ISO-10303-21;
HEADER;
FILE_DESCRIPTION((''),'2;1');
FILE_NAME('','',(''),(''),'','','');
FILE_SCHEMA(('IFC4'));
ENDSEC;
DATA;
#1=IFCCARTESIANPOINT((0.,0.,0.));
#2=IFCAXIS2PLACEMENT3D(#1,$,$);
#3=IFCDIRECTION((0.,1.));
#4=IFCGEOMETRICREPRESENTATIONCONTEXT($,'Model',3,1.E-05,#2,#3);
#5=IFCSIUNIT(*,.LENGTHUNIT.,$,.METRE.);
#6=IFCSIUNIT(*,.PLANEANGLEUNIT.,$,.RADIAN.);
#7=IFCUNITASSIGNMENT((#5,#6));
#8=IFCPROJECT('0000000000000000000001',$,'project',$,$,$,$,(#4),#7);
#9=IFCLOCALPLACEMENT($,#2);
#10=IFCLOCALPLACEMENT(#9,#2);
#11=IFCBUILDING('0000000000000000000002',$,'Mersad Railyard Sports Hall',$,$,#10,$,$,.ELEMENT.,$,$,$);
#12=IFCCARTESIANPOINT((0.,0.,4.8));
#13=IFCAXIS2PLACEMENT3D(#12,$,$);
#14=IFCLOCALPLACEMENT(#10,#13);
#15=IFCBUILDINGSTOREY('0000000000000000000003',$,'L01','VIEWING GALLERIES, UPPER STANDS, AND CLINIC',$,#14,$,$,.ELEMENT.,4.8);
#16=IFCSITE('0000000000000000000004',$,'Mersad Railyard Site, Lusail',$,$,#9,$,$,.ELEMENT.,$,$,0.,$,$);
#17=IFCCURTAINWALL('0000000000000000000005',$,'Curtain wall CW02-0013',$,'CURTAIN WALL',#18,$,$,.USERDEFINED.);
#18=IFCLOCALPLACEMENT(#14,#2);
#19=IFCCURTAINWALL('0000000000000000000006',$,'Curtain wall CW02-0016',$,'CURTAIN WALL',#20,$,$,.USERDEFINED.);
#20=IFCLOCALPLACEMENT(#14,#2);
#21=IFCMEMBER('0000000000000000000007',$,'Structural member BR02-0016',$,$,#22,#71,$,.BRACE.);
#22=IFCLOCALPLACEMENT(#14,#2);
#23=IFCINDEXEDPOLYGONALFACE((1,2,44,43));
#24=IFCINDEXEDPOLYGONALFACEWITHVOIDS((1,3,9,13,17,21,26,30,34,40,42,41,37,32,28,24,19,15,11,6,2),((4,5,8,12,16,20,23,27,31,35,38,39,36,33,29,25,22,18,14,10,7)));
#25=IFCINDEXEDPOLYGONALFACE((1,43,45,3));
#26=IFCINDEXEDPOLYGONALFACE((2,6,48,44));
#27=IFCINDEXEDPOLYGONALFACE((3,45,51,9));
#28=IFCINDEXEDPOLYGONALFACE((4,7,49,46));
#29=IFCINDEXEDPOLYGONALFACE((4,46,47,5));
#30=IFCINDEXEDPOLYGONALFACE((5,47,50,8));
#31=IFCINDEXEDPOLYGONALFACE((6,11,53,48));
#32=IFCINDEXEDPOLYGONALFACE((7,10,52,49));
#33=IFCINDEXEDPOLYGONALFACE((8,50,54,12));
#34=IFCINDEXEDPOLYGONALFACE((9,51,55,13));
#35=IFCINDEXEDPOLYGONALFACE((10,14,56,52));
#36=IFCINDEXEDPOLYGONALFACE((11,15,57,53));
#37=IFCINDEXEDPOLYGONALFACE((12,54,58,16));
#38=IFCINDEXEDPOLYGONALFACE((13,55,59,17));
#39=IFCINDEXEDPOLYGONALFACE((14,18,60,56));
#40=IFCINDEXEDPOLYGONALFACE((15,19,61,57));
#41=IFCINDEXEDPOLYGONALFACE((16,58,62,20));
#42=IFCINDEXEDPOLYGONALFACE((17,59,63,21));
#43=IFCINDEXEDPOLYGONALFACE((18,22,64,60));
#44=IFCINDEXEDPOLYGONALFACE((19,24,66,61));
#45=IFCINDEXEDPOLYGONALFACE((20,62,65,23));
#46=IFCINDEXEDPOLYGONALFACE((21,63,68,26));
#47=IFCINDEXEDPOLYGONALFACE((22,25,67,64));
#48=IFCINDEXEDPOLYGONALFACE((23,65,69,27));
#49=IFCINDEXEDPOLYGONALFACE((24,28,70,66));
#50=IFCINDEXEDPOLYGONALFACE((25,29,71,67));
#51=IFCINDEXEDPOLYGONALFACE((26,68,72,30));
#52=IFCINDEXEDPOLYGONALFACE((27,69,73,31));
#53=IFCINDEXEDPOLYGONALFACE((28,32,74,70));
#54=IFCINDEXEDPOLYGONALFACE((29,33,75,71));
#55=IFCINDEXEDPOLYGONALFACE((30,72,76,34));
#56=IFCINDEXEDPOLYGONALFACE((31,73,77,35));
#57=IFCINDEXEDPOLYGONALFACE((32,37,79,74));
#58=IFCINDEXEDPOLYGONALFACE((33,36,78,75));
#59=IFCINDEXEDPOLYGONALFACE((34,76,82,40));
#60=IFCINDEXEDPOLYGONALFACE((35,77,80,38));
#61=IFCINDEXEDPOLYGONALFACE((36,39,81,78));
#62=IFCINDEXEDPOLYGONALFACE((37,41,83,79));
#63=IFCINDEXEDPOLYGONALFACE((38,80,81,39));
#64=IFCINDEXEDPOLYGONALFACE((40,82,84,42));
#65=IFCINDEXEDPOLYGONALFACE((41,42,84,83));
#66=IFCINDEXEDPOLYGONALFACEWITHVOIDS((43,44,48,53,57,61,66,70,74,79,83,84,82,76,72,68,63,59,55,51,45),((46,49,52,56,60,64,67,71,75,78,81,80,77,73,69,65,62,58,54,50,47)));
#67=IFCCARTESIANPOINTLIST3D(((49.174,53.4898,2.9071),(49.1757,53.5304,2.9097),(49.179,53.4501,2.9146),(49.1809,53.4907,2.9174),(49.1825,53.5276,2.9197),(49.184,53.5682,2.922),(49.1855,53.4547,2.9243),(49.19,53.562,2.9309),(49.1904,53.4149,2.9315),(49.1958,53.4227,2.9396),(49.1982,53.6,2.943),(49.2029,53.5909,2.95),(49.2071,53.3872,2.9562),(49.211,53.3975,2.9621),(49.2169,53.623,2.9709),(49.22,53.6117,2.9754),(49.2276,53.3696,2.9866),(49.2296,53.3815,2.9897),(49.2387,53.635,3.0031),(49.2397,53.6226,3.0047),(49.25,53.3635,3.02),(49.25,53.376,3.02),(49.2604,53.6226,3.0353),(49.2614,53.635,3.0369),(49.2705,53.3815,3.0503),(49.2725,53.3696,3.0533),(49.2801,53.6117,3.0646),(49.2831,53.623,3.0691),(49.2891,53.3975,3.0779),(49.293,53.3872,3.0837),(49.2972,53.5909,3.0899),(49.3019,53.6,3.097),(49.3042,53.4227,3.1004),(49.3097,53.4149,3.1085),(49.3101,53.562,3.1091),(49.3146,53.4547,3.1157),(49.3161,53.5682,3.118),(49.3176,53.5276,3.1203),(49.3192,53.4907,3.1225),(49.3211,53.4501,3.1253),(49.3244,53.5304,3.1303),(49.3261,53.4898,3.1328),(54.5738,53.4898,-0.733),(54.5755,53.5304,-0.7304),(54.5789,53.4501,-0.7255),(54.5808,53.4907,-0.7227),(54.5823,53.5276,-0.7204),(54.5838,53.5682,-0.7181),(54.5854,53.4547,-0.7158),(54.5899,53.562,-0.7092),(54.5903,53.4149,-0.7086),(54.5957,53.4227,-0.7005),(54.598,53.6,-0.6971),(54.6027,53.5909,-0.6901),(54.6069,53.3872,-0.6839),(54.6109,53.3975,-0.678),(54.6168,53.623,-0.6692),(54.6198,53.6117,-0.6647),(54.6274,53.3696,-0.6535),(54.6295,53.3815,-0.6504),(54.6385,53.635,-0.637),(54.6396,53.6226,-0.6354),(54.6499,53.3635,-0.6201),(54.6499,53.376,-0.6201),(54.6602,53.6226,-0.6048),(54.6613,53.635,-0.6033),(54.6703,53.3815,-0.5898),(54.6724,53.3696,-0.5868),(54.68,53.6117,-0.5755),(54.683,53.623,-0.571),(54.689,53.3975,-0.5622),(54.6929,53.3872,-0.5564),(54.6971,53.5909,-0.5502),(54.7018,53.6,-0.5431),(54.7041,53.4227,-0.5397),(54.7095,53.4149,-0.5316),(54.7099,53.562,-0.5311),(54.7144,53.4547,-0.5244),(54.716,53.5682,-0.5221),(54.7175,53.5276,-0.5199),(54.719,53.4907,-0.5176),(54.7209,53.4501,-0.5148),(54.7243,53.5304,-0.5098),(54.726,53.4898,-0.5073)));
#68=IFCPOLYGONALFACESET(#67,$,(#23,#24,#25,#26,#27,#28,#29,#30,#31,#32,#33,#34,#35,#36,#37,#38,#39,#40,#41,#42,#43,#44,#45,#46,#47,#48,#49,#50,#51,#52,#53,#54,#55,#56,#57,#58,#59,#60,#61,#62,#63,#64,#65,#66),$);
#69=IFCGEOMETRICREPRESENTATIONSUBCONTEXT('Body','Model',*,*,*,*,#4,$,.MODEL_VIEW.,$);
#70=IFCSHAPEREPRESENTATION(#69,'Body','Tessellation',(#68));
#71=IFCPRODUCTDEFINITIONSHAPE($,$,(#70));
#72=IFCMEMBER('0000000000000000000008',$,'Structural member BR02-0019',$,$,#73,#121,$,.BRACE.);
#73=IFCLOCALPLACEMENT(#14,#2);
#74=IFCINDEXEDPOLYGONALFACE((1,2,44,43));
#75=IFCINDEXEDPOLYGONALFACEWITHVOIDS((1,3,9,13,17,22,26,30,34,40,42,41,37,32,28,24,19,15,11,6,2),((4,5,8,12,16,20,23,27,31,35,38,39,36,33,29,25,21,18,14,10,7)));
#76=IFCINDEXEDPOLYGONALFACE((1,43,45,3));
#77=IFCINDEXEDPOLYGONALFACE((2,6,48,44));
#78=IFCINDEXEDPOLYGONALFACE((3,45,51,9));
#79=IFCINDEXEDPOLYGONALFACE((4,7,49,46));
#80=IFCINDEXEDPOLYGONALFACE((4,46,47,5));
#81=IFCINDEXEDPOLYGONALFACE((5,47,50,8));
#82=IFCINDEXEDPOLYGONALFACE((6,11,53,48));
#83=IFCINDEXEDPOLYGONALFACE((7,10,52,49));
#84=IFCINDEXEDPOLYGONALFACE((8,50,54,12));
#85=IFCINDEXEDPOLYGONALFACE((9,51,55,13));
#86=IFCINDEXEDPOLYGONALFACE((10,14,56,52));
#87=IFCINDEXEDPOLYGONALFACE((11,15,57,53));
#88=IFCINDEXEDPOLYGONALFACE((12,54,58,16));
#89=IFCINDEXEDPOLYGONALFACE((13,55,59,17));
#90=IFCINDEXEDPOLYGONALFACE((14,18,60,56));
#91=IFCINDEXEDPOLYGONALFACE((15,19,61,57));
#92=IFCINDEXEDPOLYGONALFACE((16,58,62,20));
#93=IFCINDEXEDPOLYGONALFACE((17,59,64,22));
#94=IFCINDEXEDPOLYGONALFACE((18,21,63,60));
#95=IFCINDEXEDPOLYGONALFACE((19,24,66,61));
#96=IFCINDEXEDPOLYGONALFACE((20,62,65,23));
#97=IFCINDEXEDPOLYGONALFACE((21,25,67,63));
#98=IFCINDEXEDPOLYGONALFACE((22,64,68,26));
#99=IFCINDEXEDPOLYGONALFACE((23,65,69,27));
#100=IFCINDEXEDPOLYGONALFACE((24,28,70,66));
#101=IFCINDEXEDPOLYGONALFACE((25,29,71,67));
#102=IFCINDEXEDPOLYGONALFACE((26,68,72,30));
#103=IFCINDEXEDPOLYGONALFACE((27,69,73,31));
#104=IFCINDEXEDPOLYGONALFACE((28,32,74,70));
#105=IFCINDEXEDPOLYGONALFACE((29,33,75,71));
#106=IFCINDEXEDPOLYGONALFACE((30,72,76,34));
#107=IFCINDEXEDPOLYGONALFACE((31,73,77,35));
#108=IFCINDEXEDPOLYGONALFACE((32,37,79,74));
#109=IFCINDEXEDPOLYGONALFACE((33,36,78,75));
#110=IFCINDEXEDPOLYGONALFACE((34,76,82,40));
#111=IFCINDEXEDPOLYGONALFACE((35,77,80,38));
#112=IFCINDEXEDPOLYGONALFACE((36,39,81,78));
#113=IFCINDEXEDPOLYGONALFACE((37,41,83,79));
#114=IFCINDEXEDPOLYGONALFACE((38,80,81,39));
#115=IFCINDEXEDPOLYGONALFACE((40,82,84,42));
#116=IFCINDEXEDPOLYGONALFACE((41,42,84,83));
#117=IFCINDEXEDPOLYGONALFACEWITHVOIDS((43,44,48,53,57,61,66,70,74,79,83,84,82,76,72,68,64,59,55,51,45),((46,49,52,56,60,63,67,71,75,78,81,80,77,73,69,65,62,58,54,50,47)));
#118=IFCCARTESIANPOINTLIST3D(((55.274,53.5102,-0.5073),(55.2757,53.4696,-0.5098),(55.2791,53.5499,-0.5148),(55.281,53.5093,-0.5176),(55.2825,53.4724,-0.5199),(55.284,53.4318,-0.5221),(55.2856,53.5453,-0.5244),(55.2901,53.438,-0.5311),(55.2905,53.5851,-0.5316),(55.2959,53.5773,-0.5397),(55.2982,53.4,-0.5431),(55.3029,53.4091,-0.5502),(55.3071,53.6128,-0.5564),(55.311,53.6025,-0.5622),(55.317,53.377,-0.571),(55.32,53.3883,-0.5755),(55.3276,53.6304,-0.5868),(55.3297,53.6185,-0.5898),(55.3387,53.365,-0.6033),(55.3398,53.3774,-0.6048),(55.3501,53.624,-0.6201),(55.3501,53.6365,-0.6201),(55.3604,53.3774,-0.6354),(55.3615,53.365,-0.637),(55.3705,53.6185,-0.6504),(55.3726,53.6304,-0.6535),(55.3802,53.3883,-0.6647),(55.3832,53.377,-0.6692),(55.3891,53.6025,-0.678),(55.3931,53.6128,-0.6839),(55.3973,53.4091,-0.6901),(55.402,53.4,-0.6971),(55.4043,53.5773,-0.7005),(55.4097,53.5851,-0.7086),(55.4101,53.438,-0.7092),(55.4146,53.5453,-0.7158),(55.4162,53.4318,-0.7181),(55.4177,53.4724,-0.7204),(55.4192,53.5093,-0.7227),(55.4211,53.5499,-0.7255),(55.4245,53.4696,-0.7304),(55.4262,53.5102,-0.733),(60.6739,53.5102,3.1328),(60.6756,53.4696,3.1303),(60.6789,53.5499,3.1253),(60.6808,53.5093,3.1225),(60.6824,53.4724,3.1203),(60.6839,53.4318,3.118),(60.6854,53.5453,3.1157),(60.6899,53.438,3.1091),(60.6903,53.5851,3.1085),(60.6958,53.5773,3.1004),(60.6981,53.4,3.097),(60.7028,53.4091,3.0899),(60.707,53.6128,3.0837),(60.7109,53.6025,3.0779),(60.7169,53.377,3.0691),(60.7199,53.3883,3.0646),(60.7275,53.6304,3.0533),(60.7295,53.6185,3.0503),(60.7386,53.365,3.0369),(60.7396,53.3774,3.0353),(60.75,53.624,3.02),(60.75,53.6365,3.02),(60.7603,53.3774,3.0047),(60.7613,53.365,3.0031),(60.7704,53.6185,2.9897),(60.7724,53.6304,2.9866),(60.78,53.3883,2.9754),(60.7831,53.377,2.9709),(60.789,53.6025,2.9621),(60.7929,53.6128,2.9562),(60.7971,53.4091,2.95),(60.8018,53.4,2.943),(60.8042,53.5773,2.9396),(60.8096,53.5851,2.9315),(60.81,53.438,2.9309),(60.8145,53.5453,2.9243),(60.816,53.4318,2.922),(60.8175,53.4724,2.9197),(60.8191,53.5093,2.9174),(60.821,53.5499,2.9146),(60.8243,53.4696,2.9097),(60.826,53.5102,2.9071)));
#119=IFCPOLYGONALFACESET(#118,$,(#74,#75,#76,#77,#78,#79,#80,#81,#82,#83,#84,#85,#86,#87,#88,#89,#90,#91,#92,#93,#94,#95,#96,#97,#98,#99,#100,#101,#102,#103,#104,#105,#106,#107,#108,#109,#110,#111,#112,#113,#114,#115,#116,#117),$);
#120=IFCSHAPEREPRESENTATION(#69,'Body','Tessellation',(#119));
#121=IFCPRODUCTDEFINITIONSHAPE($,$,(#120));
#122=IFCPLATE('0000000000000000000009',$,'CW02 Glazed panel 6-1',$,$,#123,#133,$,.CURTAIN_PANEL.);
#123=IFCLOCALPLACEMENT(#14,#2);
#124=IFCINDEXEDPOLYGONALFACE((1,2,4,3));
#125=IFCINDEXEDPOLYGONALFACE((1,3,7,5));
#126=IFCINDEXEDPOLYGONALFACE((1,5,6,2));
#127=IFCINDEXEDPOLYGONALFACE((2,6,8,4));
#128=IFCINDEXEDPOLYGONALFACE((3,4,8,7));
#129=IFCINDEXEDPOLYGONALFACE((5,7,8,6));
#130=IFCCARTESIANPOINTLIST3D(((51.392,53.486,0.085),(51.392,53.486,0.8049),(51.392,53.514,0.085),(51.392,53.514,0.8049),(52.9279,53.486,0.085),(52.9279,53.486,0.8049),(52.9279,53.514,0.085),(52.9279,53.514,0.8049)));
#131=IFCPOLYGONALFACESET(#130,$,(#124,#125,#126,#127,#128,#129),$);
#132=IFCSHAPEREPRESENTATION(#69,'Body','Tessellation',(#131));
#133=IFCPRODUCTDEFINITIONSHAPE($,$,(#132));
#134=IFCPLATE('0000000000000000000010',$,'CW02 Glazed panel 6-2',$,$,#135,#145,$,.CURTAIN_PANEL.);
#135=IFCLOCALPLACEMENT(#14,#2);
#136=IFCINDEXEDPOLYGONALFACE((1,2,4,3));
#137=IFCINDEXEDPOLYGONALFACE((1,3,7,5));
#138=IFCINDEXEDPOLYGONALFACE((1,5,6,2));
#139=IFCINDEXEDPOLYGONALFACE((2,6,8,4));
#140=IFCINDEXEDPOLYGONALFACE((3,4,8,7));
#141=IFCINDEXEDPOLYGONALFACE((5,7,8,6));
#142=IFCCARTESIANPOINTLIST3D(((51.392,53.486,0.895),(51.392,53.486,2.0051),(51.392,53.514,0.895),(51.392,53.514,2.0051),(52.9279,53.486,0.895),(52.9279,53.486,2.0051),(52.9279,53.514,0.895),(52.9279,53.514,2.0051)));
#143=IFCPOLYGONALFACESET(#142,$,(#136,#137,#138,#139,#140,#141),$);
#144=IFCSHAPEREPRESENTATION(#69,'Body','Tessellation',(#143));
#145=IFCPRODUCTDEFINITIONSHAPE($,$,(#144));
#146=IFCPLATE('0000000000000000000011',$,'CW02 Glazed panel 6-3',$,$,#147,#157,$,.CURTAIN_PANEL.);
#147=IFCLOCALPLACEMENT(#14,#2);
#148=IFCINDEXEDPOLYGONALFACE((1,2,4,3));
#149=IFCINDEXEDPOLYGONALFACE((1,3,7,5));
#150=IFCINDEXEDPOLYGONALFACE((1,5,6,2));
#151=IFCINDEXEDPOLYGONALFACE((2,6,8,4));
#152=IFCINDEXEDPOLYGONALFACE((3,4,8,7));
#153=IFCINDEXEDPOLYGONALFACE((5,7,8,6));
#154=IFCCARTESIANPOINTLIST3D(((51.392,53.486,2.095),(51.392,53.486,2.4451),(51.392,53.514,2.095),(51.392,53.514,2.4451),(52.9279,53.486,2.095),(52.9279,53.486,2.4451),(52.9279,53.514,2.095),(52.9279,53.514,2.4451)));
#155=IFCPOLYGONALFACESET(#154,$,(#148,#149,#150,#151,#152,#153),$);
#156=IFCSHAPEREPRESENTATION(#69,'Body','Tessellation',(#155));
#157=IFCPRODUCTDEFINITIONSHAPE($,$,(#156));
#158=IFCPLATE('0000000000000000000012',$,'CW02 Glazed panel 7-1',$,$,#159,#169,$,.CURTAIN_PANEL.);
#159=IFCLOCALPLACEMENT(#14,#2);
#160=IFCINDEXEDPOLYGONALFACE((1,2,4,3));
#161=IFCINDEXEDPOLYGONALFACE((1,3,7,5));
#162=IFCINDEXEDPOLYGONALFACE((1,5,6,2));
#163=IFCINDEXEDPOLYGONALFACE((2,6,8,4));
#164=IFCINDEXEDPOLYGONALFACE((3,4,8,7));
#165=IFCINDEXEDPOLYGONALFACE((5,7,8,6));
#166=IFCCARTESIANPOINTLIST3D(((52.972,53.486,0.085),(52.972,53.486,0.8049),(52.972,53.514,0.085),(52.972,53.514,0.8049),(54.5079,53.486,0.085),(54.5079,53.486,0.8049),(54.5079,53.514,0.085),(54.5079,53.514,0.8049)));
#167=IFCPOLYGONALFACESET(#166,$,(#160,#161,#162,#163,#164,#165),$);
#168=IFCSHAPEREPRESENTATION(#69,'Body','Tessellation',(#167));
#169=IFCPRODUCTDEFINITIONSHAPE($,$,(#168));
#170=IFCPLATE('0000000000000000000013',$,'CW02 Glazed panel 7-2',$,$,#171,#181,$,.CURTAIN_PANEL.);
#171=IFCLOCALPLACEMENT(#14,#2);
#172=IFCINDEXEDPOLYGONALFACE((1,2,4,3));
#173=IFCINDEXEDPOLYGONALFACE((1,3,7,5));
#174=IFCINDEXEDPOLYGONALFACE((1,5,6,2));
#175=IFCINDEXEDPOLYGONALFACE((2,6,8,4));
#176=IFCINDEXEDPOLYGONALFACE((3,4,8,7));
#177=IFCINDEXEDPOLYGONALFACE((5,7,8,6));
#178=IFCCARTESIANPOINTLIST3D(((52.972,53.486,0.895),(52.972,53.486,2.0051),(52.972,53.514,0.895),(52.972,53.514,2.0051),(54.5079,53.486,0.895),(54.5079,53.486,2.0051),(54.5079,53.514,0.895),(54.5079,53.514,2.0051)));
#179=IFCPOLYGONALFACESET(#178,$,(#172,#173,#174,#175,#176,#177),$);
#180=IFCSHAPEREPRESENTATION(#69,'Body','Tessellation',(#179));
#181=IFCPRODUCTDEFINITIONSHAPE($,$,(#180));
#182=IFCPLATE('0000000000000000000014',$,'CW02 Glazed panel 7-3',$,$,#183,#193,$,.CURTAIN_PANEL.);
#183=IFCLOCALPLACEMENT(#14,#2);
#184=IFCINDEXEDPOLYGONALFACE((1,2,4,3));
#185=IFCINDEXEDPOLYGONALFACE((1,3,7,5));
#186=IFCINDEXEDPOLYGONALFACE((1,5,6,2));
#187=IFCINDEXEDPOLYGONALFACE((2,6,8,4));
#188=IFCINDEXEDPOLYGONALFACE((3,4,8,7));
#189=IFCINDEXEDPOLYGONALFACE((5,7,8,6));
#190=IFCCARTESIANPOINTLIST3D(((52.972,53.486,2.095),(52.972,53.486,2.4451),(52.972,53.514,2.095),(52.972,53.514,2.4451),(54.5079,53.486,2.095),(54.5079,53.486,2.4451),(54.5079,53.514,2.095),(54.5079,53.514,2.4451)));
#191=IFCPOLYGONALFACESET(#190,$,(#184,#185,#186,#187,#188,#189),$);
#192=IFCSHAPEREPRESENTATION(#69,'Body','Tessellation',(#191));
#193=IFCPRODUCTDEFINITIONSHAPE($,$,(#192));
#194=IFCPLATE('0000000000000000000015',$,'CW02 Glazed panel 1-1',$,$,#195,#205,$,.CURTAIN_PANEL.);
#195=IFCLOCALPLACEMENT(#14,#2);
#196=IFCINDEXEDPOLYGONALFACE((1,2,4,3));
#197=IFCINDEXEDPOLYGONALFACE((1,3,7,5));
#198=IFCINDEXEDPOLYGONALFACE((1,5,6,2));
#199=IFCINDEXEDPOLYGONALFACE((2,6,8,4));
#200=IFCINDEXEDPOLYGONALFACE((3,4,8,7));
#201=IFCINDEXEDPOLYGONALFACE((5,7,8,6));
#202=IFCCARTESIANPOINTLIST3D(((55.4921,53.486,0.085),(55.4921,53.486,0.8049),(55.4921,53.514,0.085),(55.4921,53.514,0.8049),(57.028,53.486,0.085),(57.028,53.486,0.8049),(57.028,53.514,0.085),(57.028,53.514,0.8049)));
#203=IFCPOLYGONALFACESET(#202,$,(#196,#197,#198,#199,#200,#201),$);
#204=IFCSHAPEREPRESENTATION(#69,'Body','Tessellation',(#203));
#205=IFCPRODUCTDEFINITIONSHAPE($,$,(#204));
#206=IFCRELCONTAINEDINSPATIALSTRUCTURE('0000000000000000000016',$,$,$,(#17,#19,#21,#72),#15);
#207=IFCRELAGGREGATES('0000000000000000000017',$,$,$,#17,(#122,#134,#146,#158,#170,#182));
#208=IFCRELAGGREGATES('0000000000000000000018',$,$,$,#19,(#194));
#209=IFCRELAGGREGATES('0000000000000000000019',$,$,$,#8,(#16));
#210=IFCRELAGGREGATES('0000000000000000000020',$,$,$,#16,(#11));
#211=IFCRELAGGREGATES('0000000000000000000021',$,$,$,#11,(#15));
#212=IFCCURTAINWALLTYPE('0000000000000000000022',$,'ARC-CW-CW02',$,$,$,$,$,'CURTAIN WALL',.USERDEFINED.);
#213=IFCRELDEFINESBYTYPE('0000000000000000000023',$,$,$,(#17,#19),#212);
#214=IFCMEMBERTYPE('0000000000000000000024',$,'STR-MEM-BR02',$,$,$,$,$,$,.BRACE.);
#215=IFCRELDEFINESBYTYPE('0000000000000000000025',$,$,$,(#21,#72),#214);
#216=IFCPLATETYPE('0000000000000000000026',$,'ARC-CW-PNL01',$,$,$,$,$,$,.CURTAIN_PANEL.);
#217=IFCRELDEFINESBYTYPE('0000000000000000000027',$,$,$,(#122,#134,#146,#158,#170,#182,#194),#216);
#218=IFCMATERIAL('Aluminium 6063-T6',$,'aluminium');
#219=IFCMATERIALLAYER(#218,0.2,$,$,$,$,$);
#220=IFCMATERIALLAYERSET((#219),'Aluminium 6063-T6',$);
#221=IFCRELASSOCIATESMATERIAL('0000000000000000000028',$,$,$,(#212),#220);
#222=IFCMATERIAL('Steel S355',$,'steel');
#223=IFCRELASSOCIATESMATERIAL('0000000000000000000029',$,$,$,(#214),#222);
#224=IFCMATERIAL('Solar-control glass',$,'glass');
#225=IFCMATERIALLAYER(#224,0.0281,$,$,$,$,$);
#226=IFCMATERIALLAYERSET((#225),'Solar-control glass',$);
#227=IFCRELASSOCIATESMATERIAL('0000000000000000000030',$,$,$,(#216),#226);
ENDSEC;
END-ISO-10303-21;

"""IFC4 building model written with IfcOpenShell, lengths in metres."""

from ifc_helpers import new_model, si_unit, direction, frame, origin, origin_2d, place, context, subcontext, project, spatial, rectangle, hollow_circle, extrude, material, layer, layer_set, material_profile, profile_set, type_object, element, aggregate, save


model = new_model("IFC4")

# Units and contexts
model_context = context("Model", 3, precision=1e-05, world=origin(), true_north=direction((0.0, 1.0)))
body_context = subcontext(model_context, "Body", "Model", "MODEL_VIEW")
ifc_project = project(units=[si_unit("LENGTHUNIT", "METRE"), si_unit("PLANEANGLEUNIT", "RADIAN")], contexts=[model_context])

# Site, building, storey
site_placement = place(None, origin())
site = spatial("IfcSite", under=ifc_project, at=site_placement, Name="Mersad Railyard Site, Lusail", CompositionType="ELEMENT", RefElevation=0.0)
building_placement = place(site_placement, origin())
building = spatial("IfcBuilding", under=site, at=building_placement, Name="Mersad Railyard Sports Hall", CompositionType="ELEMENT")
storey_placement = place(building_placement, frame((0.0, 0.0, 4.8)))
storey = spatial("IfcBuildingStorey", under=building, at=storey_placement, Name="L01", Description="VIEWING GALLERIES, UPPER STANDS, AND CLINIC", CompositionType="ELEMENT", Elevation=4.8)

# Curtain walls
ifc_material_1 = material(Name="Aluminium 6063-T6", Category="aluminium")
ifc_layer_1 = layer(ifc_material_1, 0.2)
ifc_layer_set_1 = layer_set([ifc_layer_1], Name="Aluminium 6063-T6")
curtain_wall_type = type_object("IfcCurtainWallType", Name="ARC-CW-CW02", ElementType="CURTAIN WALL", PredefinedType="USERDEFINED", material=ifc_layer_set_1)
curtain_wall_1_placement = place(storey_placement, origin())
curtain_wall_1 = element("IfcCurtainWall", 1, at=curtain_wall_1_placement, inside=storey, type_object=curtain_wall_type, Name="Curtain wall CW02-0013", ObjectType="CURTAIN WALL", PredefinedType="USERDEFINED")
curtain_wall_2_placement = place(storey_placement, origin())
curtain_wall_2 = element("IfcCurtainWall", 2, at=curtain_wall_2_placement, inside=storey, type_object=curtain_wall_type, Name="Curtain wall CW02-0016", ObjectType="CURTAIN WALL", PredefinedType="USERDEFINED")

# Members
ifc_material_2 = material(Name="Steel S355", Category="steel")
ifc_material_profile_1 = material_profile(ifc_material_2, hollow_circle(Radius=0.1365, WallThickness=0.0125, at=origin_2d()), Name="CHS 273x12.5")
ifc_profile_set_1 = profile_set([ifc_material_profile_1], Name="Steel S355")
member_type_1 = type_object("IfcMemberType", Name="STR-MEM-BR02", PredefinedType="BRACE", material=ifc_profile_set_1)
for number, where, z_axis, x_axis, name in (
    (3, (54.6499, 53.5, -0.6201), (-0.82919, 0.0, 0.558967), (0.0, -1.0, 0.0), "Structural member BR02-0016"),
    (4, (55.3501, 53.5, -0.6201), (0.82919, 0.0, 0.558967), (0.0, 1.0, 0.0), "Structural member BR02-0019"),
):
    element("IfcMember", number, at=place(storey_placement, frame(where, z_axis=z_axis, x_axis=x_axis)), inside=storey, type_object=member_type_1, Name=name, PredefinedType="BRACE", context=body_context, shape_type="SweptSolid", body=[
        extrude(hollow_circle(Radius=0.1365, WallThickness=0.0125, at=origin_2d()), origin(), (0.0, 0.0, 1.0), 6.5122),
    ])

# Plates
ifc_material_3 = material(Name="Solar-control glass", Category="glass")
ifc_layer_2 = layer(ifc_material_3, 0.0281)
ifc_layer_set_2 = layer_set([ifc_layer_2], Name="Solar-control glass")
plate_type_1 = type_object("IfcPlateType", Name="ARC-CW-PNL01", PredefinedType="CURTAIN_PANEL", material=ifc_layer_set_2)
plate_1_placement = place(storey_placement, frame((52.1599, 53.5, 0.085), z_axis=(0.0, 0.0, 1.0), x_axis=(1.0, 0.0, 0.0)))
plate_1 = element("IfcPlate", 5, at=plate_1_placement, type_object=plate_type_1, Name="CW02 Glazed panel 6-1", PredefinedType="CURTAIN_PANEL", context=body_context, shape_type="SweptSolid", body=[
    extrude(rectangle(XDim=1.5359, YDim=0.0281, at=origin_2d()), origin(), (0.0, 0.0, 1.0), 0.72),
])
plate_2_placement = place(storey_placement, frame((52.1599, 53.5, 0.895), z_axis=(0.0, 0.0, 1.0), x_axis=(1.0, 0.0, 0.0)))
plate_2 = element("IfcPlate", 6, at=plate_2_placement, type_object=plate_type_1, Name="CW02 Glazed panel 6-2", PredefinedType="CURTAIN_PANEL", context=body_context, shape_type="SweptSolid", body=[
    extrude(rectangle(XDim=1.5359, YDim=0.0281, at=origin_2d()), origin(), (0.0, 0.0, 1.0), 1.1101),
])
plate_3_placement = place(storey_placement, frame((52.1599, 53.5, 2.095), z_axis=(0.0, 0.0, 1.0), x_axis=(1.0, 0.0, 0.0)))
plate_3 = element("IfcPlate", 7, at=plate_3_placement, type_object=plate_type_1, Name="CW02 Glazed panel 6-3", PredefinedType="CURTAIN_PANEL", context=body_context, shape_type="SweptSolid", body=[
    extrude(rectangle(XDim=1.5359, YDim=0.0281, at=origin_2d()), origin(), (0.0, 0.0, 1.0), 0.3501),
])
plate_4_placement = place(storey_placement, frame((53.74, 53.5, 0.085), z_axis=(0.0, 0.0, 1.0), x_axis=(1.0, 0.0, 0.0)))
plate_4 = element("IfcPlate", 8, at=plate_4_placement, type_object=plate_type_1, Name="CW02 Glazed panel 7-1", PredefinedType="CURTAIN_PANEL", context=body_context, shape_type="SweptSolid", body=[
    extrude(rectangle(XDim=1.5359, YDim=0.0281, at=origin_2d()), origin(), (0.0, 0.0, 1.0), 0.72),
])
plate_5_placement = place(storey_placement, frame((53.74, 53.5, 0.895), z_axis=(0.0, 0.0, 1.0), x_axis=(1.0, 0.0, 0.0)))
plate_5 = element("IfcPlate", 9, at=plate_5_placement, type_object=plate_type_1, Name="CW02 Glazed panel 7-2", PredefinedType="CURTAIN_PANEL", context=body_context, shape_type="SweptSolid", body=[
    extrude(rectangle(XDim=1.5359, YDim=0.0281, at=origin_2d()), origin(), (0.0, 0.0, 1.0), 1.1101),
])
plate_6_placement = place(storey_placement, frame((53.74, 53.5, 2.095), z_axis=(0.0, 0.0, 1.0), x_axis=(1.0, 0.0, 0.0)))
plate_6 = element("IfcPlate", 10, at=plate_6_placement, type_object=plate_type_1, Name="CW02 Glazed panel 7-3", PredefinedType="CURTAIN_PANEL", context=body_context, shape_type="SweptSolid", body=[
    extrude(rectangle(XDim=1.5359, YDim=0.0281, at=origin_2d()), origin(), (0.0, 0.0, 1.0), 0.3501),
])
aggregate(curtain_wall_1, [plate_1, plate_2, plate_3, plate_4, plate_5, plate_6])
plate_7_placement = place(storey_placement, frame((56.26, 53.5, 0.085), z_axis=(0.0, 0.0, 1.0), x_axis=(1.0, 0.0, 0.0)))
plate_7 = element("IfcPlate", 11, at=plate_7_placement, type_object=plate_type_1, Name="CW02 Glazed panel 1-1", PredefinedType="CURTAIN_PANEL", context=body_context, shape_type="SweptSolid", body=[
    extrude(rectangle(XDim=1.5359, YDim=0.0281, at=origin_2d()), origin(), (0.0, 0.0, 1.0), 0.72),
])
aggregate(curtain_wall_2, [plate_7])

save(model, "model.ifc")
